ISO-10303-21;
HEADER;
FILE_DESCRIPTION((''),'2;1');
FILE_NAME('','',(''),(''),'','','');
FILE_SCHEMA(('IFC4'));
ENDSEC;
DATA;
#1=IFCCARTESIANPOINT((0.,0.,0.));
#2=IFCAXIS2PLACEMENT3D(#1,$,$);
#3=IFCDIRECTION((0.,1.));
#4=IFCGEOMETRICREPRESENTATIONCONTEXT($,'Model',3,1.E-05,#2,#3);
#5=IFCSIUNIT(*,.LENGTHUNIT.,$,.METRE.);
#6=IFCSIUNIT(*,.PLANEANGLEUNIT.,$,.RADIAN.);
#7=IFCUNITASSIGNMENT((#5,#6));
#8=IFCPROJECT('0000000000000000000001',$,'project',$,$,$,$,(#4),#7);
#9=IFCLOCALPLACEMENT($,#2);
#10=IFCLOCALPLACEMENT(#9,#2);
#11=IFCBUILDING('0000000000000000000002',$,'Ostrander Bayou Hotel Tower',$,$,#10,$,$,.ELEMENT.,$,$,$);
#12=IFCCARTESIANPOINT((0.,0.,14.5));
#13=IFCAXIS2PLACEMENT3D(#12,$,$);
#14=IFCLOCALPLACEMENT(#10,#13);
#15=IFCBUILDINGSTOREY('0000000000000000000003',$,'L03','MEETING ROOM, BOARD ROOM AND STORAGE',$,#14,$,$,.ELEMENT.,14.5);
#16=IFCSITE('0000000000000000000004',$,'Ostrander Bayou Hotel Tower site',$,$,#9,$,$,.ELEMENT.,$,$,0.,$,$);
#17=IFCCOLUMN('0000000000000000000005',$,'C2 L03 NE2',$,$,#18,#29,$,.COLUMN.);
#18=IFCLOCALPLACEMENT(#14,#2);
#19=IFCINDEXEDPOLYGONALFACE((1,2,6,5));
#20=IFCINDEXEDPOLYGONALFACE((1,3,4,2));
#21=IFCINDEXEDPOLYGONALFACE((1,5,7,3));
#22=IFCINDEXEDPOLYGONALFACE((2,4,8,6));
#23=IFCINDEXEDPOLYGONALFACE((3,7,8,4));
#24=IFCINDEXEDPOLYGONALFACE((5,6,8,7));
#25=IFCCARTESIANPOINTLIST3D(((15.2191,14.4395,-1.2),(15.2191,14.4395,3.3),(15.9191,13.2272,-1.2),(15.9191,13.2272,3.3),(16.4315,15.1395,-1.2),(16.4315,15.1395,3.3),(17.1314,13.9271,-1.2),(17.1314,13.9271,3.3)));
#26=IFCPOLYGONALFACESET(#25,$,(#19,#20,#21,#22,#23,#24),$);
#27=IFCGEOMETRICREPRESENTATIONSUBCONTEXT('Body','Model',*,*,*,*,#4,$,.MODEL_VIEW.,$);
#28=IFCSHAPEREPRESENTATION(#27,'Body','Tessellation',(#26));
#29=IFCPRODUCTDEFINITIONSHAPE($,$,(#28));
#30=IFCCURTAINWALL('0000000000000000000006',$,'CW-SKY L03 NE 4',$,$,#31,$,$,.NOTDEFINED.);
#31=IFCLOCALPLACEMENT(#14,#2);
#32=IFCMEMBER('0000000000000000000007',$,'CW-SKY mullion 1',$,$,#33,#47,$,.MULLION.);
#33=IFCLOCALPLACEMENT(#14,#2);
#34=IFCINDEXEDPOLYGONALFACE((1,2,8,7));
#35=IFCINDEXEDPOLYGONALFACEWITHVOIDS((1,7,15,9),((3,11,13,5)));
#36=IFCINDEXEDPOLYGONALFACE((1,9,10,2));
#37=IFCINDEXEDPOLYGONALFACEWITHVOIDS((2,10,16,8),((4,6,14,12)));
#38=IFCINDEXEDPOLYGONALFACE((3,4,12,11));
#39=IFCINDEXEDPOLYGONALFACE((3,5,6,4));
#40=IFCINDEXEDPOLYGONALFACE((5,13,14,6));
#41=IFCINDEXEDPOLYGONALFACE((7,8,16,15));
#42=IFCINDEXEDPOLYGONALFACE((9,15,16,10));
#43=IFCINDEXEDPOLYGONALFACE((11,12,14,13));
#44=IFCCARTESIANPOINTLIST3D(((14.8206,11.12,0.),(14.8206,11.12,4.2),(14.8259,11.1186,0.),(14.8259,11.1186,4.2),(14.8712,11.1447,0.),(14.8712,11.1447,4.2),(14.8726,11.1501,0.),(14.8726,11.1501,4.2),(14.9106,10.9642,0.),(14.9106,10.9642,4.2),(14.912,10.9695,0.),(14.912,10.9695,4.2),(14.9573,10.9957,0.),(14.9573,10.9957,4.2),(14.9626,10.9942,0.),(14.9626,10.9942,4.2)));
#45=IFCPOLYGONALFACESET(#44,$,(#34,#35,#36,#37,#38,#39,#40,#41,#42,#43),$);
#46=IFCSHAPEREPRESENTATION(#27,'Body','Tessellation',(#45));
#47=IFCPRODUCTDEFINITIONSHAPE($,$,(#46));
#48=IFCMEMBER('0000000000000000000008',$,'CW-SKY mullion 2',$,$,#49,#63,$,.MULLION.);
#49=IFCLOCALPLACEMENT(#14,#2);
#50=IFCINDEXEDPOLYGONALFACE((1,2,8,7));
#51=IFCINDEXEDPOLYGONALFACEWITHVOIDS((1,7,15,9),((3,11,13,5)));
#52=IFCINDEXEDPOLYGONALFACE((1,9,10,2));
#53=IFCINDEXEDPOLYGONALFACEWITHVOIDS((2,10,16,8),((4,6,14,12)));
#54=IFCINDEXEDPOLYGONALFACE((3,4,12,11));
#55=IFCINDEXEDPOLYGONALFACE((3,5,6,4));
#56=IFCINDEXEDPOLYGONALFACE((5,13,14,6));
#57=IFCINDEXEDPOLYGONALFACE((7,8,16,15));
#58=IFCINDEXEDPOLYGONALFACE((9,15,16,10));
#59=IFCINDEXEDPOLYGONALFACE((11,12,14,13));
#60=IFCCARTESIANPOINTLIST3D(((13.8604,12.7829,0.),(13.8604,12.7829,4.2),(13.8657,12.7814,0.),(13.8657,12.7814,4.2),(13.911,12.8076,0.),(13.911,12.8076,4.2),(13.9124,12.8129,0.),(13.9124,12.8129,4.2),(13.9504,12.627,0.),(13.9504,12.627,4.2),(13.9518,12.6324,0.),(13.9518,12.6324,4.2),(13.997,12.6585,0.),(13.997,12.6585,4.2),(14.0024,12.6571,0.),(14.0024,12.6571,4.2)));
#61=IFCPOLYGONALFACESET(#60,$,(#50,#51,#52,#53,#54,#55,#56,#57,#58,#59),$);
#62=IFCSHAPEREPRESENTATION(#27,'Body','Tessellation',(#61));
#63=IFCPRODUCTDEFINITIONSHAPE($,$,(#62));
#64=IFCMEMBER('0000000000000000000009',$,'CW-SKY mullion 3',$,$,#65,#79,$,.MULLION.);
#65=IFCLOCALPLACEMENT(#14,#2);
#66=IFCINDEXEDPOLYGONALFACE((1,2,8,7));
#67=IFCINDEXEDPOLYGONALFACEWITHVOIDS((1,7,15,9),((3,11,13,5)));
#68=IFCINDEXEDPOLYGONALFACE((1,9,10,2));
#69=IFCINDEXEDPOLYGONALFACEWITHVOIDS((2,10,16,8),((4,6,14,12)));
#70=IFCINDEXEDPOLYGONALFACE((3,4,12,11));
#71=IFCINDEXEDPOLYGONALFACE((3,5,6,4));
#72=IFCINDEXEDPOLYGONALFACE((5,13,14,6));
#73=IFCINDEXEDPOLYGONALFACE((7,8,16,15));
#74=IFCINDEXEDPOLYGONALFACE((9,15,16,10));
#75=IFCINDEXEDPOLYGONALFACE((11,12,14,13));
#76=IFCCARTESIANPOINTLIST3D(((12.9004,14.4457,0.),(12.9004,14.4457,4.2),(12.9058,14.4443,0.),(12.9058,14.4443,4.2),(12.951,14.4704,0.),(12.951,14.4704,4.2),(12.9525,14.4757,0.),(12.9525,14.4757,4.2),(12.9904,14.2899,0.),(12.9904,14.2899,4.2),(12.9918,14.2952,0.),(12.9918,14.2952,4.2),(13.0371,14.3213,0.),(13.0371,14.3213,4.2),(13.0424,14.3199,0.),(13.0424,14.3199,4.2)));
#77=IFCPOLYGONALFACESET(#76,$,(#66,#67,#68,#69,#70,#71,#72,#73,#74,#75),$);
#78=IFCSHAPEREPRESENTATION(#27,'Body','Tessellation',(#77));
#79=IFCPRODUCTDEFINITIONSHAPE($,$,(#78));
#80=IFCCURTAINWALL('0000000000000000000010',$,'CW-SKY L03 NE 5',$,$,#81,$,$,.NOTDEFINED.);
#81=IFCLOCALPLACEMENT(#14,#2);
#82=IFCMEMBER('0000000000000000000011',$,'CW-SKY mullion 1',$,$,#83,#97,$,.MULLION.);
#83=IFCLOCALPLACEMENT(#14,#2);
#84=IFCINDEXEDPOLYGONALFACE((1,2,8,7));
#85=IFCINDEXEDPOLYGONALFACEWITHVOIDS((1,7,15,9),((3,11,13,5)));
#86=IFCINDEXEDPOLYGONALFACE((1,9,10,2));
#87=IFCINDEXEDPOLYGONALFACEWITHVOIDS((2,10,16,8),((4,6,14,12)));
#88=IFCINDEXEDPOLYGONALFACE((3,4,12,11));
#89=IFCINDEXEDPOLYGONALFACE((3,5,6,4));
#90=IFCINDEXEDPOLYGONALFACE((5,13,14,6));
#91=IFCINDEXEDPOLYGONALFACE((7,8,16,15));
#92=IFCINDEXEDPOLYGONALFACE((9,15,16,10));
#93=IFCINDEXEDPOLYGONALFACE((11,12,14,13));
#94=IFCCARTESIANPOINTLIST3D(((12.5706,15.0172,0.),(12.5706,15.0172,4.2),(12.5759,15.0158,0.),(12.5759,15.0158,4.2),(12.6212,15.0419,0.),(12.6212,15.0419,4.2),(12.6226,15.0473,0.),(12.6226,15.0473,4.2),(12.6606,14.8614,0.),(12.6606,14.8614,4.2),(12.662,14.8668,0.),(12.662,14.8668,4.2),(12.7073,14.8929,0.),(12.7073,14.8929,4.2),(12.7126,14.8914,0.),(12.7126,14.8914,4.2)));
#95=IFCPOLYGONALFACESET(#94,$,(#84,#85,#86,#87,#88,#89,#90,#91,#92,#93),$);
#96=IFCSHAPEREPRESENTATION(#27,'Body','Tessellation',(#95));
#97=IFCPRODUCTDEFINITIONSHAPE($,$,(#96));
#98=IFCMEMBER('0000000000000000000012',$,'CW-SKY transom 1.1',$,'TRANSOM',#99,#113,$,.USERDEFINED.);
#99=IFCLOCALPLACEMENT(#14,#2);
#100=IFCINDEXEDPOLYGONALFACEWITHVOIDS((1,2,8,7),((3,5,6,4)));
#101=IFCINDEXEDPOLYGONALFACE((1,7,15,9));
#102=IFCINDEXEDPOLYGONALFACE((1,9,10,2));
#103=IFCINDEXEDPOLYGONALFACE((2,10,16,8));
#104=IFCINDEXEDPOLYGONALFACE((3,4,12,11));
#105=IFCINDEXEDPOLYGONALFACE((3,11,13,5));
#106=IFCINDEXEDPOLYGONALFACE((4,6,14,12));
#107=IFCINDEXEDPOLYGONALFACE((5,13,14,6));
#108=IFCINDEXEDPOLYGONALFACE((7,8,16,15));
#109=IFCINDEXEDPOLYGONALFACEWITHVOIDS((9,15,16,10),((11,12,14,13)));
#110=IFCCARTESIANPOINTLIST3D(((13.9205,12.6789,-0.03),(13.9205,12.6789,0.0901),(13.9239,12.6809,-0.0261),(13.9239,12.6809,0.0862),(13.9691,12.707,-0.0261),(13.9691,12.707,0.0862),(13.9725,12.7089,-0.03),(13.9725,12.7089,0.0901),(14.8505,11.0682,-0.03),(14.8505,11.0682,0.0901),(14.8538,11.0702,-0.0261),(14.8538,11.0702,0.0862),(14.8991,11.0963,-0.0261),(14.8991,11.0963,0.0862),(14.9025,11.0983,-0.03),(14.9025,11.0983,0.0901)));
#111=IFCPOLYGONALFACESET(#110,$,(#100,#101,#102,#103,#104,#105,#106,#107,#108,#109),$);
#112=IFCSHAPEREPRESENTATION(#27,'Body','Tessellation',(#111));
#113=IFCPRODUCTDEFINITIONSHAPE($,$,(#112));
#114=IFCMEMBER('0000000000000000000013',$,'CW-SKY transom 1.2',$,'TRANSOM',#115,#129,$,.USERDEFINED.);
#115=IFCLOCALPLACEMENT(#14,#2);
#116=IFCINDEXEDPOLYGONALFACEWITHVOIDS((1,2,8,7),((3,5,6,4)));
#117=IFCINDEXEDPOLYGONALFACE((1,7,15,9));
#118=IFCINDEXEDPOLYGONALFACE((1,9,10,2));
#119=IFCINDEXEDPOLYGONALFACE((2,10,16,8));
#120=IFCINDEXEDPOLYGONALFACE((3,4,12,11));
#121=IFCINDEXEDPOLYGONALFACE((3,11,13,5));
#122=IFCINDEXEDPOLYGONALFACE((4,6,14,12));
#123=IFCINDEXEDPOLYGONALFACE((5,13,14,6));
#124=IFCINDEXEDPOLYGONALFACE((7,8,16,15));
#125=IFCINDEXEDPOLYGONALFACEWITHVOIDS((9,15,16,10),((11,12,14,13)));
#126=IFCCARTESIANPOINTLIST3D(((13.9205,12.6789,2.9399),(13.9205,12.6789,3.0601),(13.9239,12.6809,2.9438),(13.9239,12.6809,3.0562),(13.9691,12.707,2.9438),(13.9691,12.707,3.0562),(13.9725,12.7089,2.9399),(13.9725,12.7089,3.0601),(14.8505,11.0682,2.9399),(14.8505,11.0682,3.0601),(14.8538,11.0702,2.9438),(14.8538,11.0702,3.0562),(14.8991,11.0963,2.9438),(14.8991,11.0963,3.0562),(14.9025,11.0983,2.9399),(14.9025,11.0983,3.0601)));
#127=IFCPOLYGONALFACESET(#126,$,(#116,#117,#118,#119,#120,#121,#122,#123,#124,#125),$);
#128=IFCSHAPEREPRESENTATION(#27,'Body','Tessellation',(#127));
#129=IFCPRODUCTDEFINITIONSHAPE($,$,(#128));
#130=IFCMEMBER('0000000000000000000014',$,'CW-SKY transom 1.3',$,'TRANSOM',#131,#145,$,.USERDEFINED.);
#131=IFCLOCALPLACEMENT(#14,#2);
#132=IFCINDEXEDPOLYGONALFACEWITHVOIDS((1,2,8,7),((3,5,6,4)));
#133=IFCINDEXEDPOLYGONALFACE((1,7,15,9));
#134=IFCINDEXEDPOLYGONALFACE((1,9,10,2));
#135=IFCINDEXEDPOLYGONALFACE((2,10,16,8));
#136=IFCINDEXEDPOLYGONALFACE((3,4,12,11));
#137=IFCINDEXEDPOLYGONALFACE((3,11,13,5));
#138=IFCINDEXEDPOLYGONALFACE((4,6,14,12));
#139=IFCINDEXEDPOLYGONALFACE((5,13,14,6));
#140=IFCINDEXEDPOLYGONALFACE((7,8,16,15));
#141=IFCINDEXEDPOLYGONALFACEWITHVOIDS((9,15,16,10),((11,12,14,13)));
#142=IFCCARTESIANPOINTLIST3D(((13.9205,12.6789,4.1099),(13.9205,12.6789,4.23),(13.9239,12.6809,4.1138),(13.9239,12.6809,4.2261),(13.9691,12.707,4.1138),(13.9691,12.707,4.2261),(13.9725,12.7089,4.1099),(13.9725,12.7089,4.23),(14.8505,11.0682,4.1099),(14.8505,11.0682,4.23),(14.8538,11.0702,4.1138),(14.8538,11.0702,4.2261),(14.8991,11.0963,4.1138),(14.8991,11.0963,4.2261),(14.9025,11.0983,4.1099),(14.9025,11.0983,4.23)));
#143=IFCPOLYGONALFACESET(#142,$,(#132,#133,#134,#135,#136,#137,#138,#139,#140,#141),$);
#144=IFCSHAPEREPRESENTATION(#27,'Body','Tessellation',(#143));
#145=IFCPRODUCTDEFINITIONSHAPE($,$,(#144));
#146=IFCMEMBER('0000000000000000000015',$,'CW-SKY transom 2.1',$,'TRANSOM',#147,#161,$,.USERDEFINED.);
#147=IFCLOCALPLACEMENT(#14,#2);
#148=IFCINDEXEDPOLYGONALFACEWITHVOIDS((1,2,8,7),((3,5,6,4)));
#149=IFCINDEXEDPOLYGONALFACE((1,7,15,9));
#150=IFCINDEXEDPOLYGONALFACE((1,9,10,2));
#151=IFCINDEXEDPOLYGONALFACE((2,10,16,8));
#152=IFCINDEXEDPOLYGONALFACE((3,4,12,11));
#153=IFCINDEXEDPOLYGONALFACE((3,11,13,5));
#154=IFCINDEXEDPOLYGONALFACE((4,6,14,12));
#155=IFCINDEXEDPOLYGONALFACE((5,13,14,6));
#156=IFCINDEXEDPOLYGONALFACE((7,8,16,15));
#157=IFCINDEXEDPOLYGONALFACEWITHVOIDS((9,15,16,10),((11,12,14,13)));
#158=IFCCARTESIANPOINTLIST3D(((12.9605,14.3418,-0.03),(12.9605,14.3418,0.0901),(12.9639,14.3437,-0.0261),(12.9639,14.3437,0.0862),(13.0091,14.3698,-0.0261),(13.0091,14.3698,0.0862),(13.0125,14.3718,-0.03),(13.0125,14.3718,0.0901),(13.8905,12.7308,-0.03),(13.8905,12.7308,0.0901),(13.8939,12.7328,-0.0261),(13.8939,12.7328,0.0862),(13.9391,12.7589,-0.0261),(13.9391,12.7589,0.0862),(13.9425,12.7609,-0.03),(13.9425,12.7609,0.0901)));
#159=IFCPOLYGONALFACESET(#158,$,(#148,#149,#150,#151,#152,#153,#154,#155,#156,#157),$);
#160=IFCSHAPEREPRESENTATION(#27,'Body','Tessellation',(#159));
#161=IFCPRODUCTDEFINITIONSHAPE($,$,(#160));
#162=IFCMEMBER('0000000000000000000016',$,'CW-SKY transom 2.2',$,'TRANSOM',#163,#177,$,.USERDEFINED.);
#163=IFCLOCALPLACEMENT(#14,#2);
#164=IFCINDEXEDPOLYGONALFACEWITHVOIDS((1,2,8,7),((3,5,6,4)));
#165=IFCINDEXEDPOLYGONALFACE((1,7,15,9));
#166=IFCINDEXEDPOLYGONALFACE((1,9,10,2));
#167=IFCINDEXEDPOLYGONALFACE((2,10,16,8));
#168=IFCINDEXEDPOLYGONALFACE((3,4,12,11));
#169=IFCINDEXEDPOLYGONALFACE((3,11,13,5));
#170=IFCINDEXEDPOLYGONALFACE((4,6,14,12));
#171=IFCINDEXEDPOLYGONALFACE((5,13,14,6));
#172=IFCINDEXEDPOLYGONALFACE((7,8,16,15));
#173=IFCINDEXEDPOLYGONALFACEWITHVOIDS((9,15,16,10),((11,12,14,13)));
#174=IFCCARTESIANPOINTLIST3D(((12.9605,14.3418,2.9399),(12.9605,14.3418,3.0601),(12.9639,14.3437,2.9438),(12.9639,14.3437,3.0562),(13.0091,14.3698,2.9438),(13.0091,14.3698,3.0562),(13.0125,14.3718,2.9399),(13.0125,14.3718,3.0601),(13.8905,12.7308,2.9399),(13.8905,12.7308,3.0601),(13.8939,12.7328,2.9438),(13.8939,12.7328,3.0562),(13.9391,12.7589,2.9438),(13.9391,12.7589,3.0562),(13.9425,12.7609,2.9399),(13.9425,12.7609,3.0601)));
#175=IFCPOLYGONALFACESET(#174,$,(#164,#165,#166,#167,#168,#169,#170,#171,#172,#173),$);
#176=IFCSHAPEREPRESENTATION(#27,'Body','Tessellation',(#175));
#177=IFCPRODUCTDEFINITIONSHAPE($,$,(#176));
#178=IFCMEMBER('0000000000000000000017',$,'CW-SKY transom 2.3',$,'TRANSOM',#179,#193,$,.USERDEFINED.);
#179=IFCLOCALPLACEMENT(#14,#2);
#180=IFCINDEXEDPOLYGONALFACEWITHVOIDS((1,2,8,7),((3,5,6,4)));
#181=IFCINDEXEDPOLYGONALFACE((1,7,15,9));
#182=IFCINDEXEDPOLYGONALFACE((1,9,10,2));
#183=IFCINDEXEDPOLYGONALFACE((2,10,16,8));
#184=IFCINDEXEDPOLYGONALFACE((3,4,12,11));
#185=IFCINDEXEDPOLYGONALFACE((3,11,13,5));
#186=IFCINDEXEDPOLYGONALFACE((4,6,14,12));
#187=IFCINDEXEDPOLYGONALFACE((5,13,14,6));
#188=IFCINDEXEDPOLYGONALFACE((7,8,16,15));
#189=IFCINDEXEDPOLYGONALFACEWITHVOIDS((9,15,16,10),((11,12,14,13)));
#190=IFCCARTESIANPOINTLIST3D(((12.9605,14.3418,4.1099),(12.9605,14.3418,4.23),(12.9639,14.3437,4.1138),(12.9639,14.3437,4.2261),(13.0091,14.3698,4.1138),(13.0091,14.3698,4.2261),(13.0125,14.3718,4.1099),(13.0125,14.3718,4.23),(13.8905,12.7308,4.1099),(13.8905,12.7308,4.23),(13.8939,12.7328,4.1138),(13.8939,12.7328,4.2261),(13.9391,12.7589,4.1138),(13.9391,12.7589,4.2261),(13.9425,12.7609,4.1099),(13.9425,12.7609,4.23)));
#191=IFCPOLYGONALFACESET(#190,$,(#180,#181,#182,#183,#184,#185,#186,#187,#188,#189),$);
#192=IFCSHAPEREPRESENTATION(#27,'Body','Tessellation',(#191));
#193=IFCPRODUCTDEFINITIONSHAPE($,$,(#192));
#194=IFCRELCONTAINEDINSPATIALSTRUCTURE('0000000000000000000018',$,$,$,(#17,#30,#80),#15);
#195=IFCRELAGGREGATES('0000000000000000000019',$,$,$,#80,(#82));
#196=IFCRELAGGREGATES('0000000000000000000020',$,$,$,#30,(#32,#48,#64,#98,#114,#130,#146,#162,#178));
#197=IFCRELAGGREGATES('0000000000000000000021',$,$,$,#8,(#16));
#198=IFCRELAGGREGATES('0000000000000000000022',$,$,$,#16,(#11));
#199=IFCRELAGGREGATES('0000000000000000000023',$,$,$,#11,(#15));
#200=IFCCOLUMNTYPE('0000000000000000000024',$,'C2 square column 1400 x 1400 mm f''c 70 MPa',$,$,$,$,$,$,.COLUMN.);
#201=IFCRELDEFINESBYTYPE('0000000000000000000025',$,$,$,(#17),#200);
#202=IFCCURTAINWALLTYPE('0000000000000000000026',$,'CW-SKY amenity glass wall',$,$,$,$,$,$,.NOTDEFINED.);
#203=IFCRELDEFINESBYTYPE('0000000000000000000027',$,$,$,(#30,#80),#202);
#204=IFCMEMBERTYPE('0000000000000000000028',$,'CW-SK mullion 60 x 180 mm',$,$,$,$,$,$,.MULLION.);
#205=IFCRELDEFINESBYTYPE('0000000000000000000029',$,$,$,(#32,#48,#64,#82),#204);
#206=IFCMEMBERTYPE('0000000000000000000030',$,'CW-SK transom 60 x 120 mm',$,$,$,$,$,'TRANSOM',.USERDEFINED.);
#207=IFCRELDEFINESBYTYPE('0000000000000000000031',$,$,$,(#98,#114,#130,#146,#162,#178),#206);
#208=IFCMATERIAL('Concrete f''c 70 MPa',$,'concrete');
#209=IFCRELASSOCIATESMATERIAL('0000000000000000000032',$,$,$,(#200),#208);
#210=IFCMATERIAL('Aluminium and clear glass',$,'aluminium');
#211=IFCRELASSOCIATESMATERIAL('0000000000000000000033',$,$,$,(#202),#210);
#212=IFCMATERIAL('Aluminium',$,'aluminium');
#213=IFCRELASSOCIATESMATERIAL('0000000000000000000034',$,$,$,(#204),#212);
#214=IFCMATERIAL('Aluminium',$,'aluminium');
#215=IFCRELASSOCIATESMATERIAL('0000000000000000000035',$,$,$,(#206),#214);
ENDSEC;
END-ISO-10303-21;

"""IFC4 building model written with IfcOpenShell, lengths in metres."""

from ifc_helpers import new_model, si_unit, direction, frame, origin, origin_2d, place, context, subcontext, project, spatial, rectangle, hollow_rectangle, extrude, material, material_profile, profile_set, type_object, element, aggregate, save


model = new_model("IFC4")

# Units and contexts
model_context = context("Model", 3, precision=1e-05, world=origin(), true_north=direction((0.0, 1.0)))
body_context = subcontext(model_context, "Body", "Model", "MODEL_VIEW")
ifc_project = project(units=[si_unit("LENGTHUNIT", "METRE"), si_unit("PLANEANGLEUNIT", "RADIAN")], contexts=[model_context])

# Site, building, storey
site_placement = place(None, origin())
site = spatial("IfcSite", under=ifc_project, at=site_placement, Name="Ostrander Bayou Hotel Tower site", CompositionType="ELEMENT", RefElevation=0.0)
building_placement = place(site_placement, origin())
building = spatial("IfcBuilding", under=site, at=building_placement, Name="Ostrander Bayou Hotel Tower", CompositionType="ELEMENT")
storey_placement = place(building_placement, frame((0.0, 0.0, 14.5)))
storey = spatial("IfcBuildingStorey", under=building, at=storey_placement, Name="L03", Description="MEETING ROOM, BOARD ROOM AND STORAGE", CompositionType="ELEMENT", Elevation=14.5)

# Column
ifc_material_1 = material(Name="Concrete f'c 70 MPa", Category="concrete")
ifc_material_profile_1 = material_profile(ifc_material_1, rectangle(XDim=1.3999, YDim=1.3999, at=origin_2d()))
ifc_profile_set_1 = profile_set([ifc_material_profile_1], Name="Concrete f'c 70 MPa")
column_type = type_object("IfcColumnType", Name="C2 square column 1400 x 1400 mm f'c 70 MPa", PredefinedType="COLUMN", material=ifc_profile_set_1)
column_placement = place(storey_placement, frame((16.1753, 14.1833, -1.2), z_axis=(0.0, 0.0, 1.0), x_axis=(0.5, -0.866025, 0.0)))
element("IfcColumn", 1, at=column_placement, inside=storey, type_object=column_type, Name="C2 L03 NE2", PredefinedType="COLUMN", context=body_context, shape_type="SweptSolid", body=[
    extrude(rectangle(XDim=1.3999, YDim=1.3999, at=origin_2d()), origin(), (0.0, 0.0, 1.0), 4.5),
])

# Curtain wall, members
ifc_material_2 = material(Name="Aluminium and clear glass", Category="aluminium")
curtain_wall_type = type_object("IfcCurtainWallType", Name="CW-SKY amenity glass wall", PredefinedType="NOTDEFINED", material=ifc_material_2)
curtain_wall_1_placement = place(storey_placement, origin())
curtain_wall_1 = element("IfcCurtainWall", 2, at=curtain_wall_1_placement, inside=storey, type_object=curtain_wall_type, Name="CW-SKY L03 NE 4", PredefinedType="NOTDEFINED")
ifc_material_3 = material(Name="Aluminium", Category="aluminium")
ifc_material_profile_2 = material_profile(ifc_material_3, hollow_rectangle(XDim=0.0601, YDim=0.1799, WallThickness=0.0039, at=origin_2d()))
ifc_profile_set_2 = profile_set([ifc_material_profile_2], Name="Aluminium")
member_type_1 = type_object("IfcMemberType", Name="CW-SK mullion 60 x 180 mm", PredefinedType="MULLION", material=ifc_profile_set_2)
member_1_placement = place(storey_placement, frame((14.8916, 11.0571, 0.0), z_axis=(0.0, 0.0, 1.0), x_axis=(-0.866025, -0.5, 0.0)))
member_1 = element("IfcMember", 3, at=member_1_placement, type_object=member_type_1, Name="CW-SKY mullion 1", PredefinedType="MULLION", context=body_context, shape_type="SweptSolid", body=[
    extrude(hollow_rectangle(XDim=0.0601, YDim=0.1799, WallThickness=0.0039, at=origin_2d()), origin(), (0.0, 0.0, 1.0), 4.2),
])
member_2_placement = place(storey_placement, frame((13.9314, 12.72, 0.0), z_axis=(0.0, 0.0, 1.0), x_axis=(-0.866025, -0.5, 0.0)))
member_2 = element("IfcMember", 4, at=member_2_placement, type_object=member_type_1, Name="CW-SKY mullion 2", PredefinedType="MULLION", context=body_context, shape_type="SweptSolid", body=[
    extrude(hollow_rectangle(XDim=0.0601, YDim=0.1799, WallThickness=0.0039, at=origin_2d()), origin(), (0.0, 0.0, 1.0), 4.2),
])
member_3_placement = place(storey_placement, frame((12.9714, 14.3828, 0.0), z_axis=(0.0, 0.0, 1.0), x_axis=(-0.866025, -0.5, 0.0)))
member_3 = element("IfcMember", 5, at=member_3_placement, type_object=member_type_1, Name="CW-SKY mullion 3", PredefinedType="MULLION", context=body_context, shape_type="SweptSolid", body=[
    extrude(hollow_rectangle(XDim=0.0601, YDim=0.1799, WallThickness=0.0039, at=origin_2d()), origin(), (0.0, 0.0, 1.0), 4.2),
])

# Curtain wall, member
curtain_wall_2_placement = place(storey_placement, origin())
curtain_wall_2 = element("IfcCurtainWall", 6, at=curtain_wall_2_placement, inside=storey, type_object=curtain_wall_type, Name="CW-SKY L03 NE 5", PredefinedType="NOTDEFINED")
member_4_placement = place(storey_placement, frame((12.6416, 14.9543, 0.0), z_axis=(0.0, 0.0, 1.0), x_axis=(-0.866026, -0.499999, 0.0)))
member_4 = element("IfcMember", 7, at=member_4_placement, type_object=member_type_1, Name="CW-SKY mullion 1", PredefinedType="MULLION", context=body_context, shape_type="SweptSolid", body=[
    extrude(hollow_rectangle(XDim=0.0601, YDim=0.1799, WallThickness=0.0039, at=origin_2d()), origin(), (0.0, 0.0, 1.0), 4.2),
])

# Members
ifc_material_4 = material(Name="Aluminium", Category="aluminium")
ifc_material_profile_3 = material_profile(ifc_material_4, hollow_rectangle(XDim=0.0601, YDim=0.1201, WallThickness=0.0039, at=origin_2d()))
ifc_profile_set_3 = profile_set([ifc_material_profile_3], Name="Aluminium")
member_type_2 = type_object("IfcMemberType", Name="CW-SK transom 60 x 120 mm", ElementType="TRANSOM", PredefinedType="USERDEFINED", material=ifc_profile_set_3)
member_5_placement = place(storey_placement, frame((14.8765, 11.0833, 0.03), z_axis=(-0.500022, 0.866013, 0.0), x_axis=(-0.866013, -0.500022, 0.0)))
member_5 = element("IfcMember", 8, at=member_5_placement, type_object=member_type_2, Name="CW-SKY transom 1.1", ObjectType="TRANSOM", PredefinedType="USERDEFINED", context=body_context, shape_type="SweptSolid", body=[
    extrude(hollow_rectangle(XDim=0.0601, YDim=0.1201, WallThickness=0.0039, at=origin_2d()), origin(), (0.0, 0.0, 1.0), 1.8599),
])
member_6_placement = place(storey_placement, frame((14.8765, 11.0833, 3.0), z_axis=(-0.500022, 0.866013, 0.0), x_axis=(-0.866013, -0.500022, 0.0)))
member_6 = element("IfcMember", 9, at=member_6_placement, type_object=member_type_2, Name="CW-SKY transom 1.2", ObjectType="TRANSOM", PredefinedType="USERDEFINED", context=body_context, shape_type="SweptSolid", body=[
    extrude(hollow_rectangle(XDim=0.0601, YDim=0.1201, WallThickness=0.0039, at=origin_2d()), origin(), (0.0, 0.0, 1.0), 1.8599),
])
member_7_placement = place(storey_placement, frame((14.8765, 11.0833, 4.1699), z_axis=(-0.500022, 0.866013, 0.0), x_axis=(-0.866013, -0.500022, 0.0)))
member_7 = element("IfcMember", 10, at=member_7_placement, type_object=member_type_2, Name="CW-SKY transom 1.3", ObjectType="TRANSOM", PredefinedType="USERDEFINED", context=body_context, shape_type="SweptSolid", body=[
    extrude(hollow_rectangle(XDim=0.0601, YDim=0.1201, WallThickness=0.0039, at=origin_2d()), origin(), (0.0, 0.0, 1.0), 1.8599),
])
member_8_placement = place(storey_placement, frame((13.9165, 12.7458, 0.03), z_axis=(-0.499965, 0.866046, 0.0), x_axis=(-0.866046, -0.499965, 0.0)))
member_8 = element("IfcMember", 11, at=member_8_placement, type_object=member_type_2, Name="CW-SKY transom 2.1", ObjectType="TRANSOM", PredefinedType="USERDEFINED", context=body_context, shape_type="SweptSolid", body=[
    extrude(hollow_rectangle(XDim=0.0601, YDim=0.1201, WallThickness=0.0039, at=origin_2d()), origin(), (0.0, 0.0, 1.0), 1.8601),
])
member_9_placement = place(storey_placement, frame((13.9165, 12.7458, 3.0), z_axis=(-0.499965, 0.866046, 0.0), x_axis=(-0.866046, -0.499965, 0.0)))
member_9 = element("IfcMember", 12, at=member_9_placement, type_object=member_type_2, Name="CW-SKY transom 2.2", ObjectType="TRANSOM", PredefinedType="USERDEFINED", context=body_context, shape_type="SweptSolid", body=[
    extrude(hollow_rectangle(XDim=0.0601, YDim=0.1201, WallThickness=0.0039, at=origin_2d()), origin(), (0.0, 0.0, 1.0), 1.8601),
])
member_10_placement = place(storey_placement, frame((13.9165, 12.7458, 4.1699), z_axis=(-0.499965, 0.866046, 0.0), x_axis=(-0.866046, -0.499965, 0.0)))
member_10 = element("IfcMember", 13, at=member_10_placement, type_object=member_type_2, Name="CW-SKY transom 2.3", ObjectType="TRANSOM", PredefinedType="USERDEFINED", context=body_context, shape_type="SweptSolid", body=[
    extrude(hollow_rectangle(XDim=0.0601, YDim=0.1201, WallThickness=0.0039, at=origin_2d()), origin(), (0.0, 0.0, 1.0), 1.8601),
])
aggregate(curtain_wall_2, [member_4])

aggregate(curtain_wall_1, [member_1, member_2, member_3, member_5, member_6, member_7, member_8, member_9, member_10])

save(model, "model.ifc")
